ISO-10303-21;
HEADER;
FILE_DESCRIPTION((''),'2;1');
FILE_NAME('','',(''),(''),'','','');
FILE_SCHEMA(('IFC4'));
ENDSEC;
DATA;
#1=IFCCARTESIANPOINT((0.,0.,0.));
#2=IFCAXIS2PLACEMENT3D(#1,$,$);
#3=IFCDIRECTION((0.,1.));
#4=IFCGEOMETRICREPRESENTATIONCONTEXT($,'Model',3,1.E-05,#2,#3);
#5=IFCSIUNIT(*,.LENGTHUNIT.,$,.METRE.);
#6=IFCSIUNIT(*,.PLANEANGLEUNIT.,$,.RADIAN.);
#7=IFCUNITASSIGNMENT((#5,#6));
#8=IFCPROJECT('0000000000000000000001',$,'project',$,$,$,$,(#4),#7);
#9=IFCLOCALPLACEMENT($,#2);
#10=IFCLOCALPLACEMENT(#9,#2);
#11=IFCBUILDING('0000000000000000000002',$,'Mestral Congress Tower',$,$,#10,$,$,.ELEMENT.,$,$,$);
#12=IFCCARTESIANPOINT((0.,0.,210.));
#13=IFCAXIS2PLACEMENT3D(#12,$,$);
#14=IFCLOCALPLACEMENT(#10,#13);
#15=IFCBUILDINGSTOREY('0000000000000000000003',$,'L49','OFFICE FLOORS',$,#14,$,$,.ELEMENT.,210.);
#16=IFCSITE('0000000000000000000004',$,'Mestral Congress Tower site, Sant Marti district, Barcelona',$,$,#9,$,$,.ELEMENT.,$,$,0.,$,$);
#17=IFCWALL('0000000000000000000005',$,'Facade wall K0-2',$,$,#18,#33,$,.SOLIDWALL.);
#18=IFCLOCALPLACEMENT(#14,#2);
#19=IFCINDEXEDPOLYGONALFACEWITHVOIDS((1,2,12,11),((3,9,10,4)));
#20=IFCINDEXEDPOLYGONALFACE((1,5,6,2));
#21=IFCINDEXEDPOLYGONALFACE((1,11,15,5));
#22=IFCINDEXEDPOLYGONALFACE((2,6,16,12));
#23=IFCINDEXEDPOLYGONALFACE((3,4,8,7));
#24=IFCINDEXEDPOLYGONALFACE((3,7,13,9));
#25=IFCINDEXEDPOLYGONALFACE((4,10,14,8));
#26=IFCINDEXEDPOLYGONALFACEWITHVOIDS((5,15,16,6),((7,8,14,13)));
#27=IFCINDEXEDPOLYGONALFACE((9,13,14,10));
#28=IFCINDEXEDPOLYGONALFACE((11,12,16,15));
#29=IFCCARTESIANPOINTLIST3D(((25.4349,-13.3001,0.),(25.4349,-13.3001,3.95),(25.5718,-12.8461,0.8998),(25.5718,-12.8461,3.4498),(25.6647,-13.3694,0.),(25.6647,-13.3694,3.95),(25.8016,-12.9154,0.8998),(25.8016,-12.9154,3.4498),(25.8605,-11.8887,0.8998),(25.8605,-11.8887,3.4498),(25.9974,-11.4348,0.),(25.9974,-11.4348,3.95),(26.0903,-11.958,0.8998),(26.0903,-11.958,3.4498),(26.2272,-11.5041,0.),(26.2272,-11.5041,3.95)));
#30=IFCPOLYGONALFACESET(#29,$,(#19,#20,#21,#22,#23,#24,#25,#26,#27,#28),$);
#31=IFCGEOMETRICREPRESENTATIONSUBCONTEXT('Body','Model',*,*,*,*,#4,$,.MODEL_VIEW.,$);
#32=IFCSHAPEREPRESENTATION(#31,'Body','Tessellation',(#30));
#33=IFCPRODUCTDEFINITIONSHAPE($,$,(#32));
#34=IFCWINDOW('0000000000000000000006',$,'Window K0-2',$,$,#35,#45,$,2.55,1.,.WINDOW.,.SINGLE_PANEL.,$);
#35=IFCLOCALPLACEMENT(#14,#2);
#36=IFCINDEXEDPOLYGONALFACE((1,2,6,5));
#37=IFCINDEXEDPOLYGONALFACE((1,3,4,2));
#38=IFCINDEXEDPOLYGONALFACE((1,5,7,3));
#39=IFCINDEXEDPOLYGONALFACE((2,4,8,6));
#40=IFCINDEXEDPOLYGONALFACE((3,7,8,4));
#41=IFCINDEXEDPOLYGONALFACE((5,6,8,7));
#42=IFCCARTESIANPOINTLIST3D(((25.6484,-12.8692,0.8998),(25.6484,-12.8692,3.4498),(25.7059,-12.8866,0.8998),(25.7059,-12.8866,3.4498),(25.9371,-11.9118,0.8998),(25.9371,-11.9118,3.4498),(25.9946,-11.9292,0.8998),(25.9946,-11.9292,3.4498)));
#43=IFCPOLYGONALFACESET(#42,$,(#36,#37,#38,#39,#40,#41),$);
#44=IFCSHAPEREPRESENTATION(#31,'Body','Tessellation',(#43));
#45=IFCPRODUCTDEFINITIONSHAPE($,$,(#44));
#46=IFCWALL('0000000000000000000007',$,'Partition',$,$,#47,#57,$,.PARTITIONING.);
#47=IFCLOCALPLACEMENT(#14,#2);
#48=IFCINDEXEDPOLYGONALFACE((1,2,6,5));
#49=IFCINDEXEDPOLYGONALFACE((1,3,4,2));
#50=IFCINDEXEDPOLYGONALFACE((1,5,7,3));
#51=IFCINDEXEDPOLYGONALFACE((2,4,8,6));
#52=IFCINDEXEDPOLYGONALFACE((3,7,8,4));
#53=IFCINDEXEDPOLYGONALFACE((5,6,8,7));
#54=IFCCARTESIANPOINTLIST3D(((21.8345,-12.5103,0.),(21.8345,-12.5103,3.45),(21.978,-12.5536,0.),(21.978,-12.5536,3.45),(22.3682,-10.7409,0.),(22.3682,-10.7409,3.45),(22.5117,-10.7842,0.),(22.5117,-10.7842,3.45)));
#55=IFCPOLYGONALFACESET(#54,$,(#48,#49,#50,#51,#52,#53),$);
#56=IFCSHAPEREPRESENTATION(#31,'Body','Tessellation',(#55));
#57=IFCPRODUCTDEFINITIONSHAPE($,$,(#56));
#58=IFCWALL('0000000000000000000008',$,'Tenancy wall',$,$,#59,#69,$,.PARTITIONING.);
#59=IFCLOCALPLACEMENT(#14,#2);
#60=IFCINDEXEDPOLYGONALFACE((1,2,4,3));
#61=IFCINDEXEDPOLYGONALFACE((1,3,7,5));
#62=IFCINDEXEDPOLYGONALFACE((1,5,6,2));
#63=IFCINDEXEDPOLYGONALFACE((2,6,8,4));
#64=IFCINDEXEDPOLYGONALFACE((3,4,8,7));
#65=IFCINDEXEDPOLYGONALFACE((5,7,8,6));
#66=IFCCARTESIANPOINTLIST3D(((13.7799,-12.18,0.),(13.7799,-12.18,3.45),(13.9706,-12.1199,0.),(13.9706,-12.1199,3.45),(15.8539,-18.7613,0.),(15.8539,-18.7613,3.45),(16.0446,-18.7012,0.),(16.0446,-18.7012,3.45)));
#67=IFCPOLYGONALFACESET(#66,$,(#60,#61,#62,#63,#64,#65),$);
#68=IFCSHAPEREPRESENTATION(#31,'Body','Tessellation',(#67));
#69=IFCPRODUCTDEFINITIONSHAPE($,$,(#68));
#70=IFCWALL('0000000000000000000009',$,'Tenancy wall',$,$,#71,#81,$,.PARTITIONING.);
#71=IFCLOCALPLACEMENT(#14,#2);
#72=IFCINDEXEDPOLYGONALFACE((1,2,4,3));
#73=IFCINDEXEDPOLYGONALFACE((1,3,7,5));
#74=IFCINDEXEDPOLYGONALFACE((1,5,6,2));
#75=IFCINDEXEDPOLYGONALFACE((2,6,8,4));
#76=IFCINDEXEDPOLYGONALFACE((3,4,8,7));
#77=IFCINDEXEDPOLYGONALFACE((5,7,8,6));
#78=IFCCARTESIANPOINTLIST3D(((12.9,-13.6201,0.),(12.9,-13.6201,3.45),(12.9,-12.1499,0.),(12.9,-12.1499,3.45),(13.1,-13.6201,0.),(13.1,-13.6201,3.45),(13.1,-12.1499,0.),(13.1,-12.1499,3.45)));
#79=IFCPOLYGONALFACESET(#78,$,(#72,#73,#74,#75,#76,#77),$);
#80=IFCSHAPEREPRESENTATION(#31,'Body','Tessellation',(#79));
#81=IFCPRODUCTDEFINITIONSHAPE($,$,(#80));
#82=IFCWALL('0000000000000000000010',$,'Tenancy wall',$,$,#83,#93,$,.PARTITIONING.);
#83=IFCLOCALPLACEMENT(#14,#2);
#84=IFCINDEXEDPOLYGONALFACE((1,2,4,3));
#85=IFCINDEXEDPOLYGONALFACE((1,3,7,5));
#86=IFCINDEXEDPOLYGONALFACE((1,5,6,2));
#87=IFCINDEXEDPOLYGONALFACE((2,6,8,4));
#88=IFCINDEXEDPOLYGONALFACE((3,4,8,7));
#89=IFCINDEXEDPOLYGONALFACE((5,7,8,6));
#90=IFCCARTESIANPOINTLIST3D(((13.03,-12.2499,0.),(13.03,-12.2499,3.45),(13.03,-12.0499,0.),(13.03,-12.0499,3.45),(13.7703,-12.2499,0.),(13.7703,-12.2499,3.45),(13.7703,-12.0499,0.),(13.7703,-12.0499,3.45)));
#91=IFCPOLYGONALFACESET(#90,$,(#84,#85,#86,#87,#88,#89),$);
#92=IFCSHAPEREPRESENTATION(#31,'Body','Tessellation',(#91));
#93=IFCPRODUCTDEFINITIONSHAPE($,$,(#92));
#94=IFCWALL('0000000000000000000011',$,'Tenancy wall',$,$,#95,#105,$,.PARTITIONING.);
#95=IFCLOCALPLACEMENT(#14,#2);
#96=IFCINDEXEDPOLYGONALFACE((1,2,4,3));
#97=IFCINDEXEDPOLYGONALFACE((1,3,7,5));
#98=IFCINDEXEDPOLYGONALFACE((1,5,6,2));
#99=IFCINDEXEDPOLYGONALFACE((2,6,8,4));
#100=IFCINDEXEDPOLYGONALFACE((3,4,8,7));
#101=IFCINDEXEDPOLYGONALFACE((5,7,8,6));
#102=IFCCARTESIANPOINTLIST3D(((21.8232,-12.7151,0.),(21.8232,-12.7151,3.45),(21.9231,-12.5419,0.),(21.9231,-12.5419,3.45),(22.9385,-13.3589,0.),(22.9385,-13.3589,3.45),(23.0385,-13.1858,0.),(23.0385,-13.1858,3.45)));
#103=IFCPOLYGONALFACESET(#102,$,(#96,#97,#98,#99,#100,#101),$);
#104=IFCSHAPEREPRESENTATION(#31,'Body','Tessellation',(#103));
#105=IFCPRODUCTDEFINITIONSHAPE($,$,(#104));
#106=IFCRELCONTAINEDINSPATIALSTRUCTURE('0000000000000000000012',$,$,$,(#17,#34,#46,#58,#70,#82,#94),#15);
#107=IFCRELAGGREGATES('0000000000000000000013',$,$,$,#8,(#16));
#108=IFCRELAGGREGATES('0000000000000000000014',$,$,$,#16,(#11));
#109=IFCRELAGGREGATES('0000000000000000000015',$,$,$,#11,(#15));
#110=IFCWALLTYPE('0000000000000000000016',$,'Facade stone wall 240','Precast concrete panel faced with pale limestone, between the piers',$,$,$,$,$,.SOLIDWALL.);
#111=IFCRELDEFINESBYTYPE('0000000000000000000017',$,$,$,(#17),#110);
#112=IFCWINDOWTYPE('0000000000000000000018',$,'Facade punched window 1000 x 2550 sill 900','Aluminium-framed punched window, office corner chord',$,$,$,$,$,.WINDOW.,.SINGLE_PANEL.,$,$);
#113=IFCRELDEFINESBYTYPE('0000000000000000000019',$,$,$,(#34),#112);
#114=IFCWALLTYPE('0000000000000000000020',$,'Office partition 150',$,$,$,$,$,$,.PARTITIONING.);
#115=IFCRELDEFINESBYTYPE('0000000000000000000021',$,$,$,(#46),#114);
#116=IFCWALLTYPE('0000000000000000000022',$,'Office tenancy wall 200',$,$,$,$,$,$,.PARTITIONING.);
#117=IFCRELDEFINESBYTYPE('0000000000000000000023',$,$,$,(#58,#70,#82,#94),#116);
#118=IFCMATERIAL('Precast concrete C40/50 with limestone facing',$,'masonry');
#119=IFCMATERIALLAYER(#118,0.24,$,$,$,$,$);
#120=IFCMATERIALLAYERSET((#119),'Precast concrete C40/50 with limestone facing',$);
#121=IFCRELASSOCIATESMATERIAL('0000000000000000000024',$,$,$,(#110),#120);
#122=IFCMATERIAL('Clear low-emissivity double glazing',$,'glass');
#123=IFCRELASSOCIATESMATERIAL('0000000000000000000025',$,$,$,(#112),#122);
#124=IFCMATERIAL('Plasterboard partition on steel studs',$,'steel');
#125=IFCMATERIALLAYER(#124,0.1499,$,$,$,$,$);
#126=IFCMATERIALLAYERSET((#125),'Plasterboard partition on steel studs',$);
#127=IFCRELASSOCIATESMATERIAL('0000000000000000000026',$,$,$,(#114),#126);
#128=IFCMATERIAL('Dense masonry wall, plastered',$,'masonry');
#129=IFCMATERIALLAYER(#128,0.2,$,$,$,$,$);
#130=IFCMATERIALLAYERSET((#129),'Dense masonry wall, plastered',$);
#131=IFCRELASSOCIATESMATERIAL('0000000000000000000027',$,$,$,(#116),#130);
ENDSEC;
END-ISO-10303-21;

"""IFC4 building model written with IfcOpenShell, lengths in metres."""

from ifc_helpers import new_model, si_unit, direction, frame, frame_2d, origin, place, context, subcontext, project, spatial, rectangle, extrude, material, layer, layer_set, type_object, element, fill, save


model = new_model("IFC4")

# Units and contexts
model_context = context("Model", 3, precision=1e-05, world=origin(), true_north=direction((0.0, 1.0)))
body_context = subcontext(model_context, "Body", "Model", "MODEL_VIEW")
ifc_project = project(units=[si_unit("LENGTHUNIT", "METRE"), si_unit("PLANEANGLEUNIT", "RADIAN")], contexts=[model_context])

# Site, building, storey
site_placement = place(None, origin())
site = spatial("IfcSite", under=ifc_project, at=site_placement, Name="Mestral Congress Tower site, Sant Marti district, Barcelona", CompositionType="ELEMENT", RefElevation=0.0)
building_placement = place(site_placement, origin())
building = spatial("IfcBuilding", under=site, at=building_placement, Name="Mestral Congress Tower", CompositionType="ELEMENT")
storey_placement = place(building_placement, frame((0.0, 0.0, 210.0)))
storey = spatial("IfcBuildingStorey", under=building, at=storey_placement, Name="L49", Description="OFFICE FLOORS", CompositionType="ELEMENT", Elevation=210.0)

# Shared definitions
ifc_material_1 = material(Name="Precast concrete C40/50 with limestone facing", Category="masonry")
ifc_layer_1 = layer(ifc_material_1, 0.24)
ifc_layer_set_1 = layer_set([ifc_layer_1], Name="Precast concrete C40/50 with limestone facing")
wall_type_1 = type_object("IfcWallType", Name="Facade stone wall 240", Description="Precast concrete panel faced with pale limestone, between the piers", PredefinedType="SOLIDWALL", material=ifc_layer_set_1)
ifc_material_2 = material(Name="Clear low-emissivity double glazing", Category="glass")

# Wall, opening, window
window_type_1 = type_object("IfcWindowType", Name="Facade punched window 1000 x 2550 sill 900", Description="Aluminium-framed punched window, office corner chord", PartitioningType="SINGLE_PANEL", PredefinedType="WINDOW", material=ifc_material_2)
wall_1_placement = place(storey_placement, frame((25.5498, -13.3347, 0.0), z_axis=(0.0, 0.0, 1.0), x_axis=(0.288727, 0.957411, 0.0)))
wall_1 = element("IfcWall", 1, at=wall_1_placement, inside=storey, type_object=wall_type_1, Name="Facade wall K0-2", PredefinedType="SOLIDWALL", context=body_context, shape_type="SweptSolid", body=[
    extrude(rectangle(XDim=1.9482, YDim=0.24, at=frame_2d((0.9741, 0.0))), origin(), (0.0, 0.0, 1.0), 3.95),
])
opening_1_placement = place(wall_1_placement, frame((0.4741, 0.0, 0.8999)))
opening_1 = element("IfcOpeningElement", 2, at=opening_1_placement, cuts=wall_1, PredefinedType="OPENING", context=body_context, shape_type="SweptSolid", body=[
    extrude(rectangle(XDim=1.0, YDim=2.55, at=frame_2d((0.5, 1.2749))), frame((0.0, 0.1299, 0.0), z_axis=(0.0, -1.0, 0.0), x_axis=(1.0, 0.0, 0.0)), (0.0, 0.0, 1.0), 0.26),
])
window_1_placement = place(opening_1_placement, origin())
window_1 = element("IfcWindow", 3, at=window_1_placement, inside=storey, type_object=window_type_1, Name="Window K0-2", OverallHeight=2.55, OverallWidth=1.0, PartitioningType="SINGLE_PANEL", PredefinedType="WINDOW", context=body_context, shape_type="SweptSolid", body=[
    extrude(rectangle(XDim=1.0, YDim=2.55, at=frame_2d((0.5, 1.2749))), frame((0.0, 0.04, 0.0), z_axis=(0.0, -1.0, 0.0), x_axis=(1.0, 0.0, 0.0)), (0.0, 0.0, 1.0), 0.0601),
])
fill(opening_1, window_1)

# Walls
ifc_material_3 = material(Name="Plasterboard partition on steel studs", Category="steel")
ifc_layer_2 = layer(ifc_material_3, 0.1499)
ifc_layer_set_2 = layer_set([ifc_layer_2], Name="Plasterboard partition on steel studs")
wall_type_2 = type_object("IfcWallType", Name="Office partition 150", PredefinedType="PARTITIONING", material=ifc_layer_set_2)
wall_2_placement = place(storey_placement, frame((21.9062, -12.532, 0.0), z_axis=(0.0, 0.0, 1.0), x_axis=(0.28879, 0.957393, 0.0)))
element("IfcWall", 4, at=wall_2_placement, inside=storey, type_object=wall_type_2, Name="Partition", PredefinedType="PARTITIONING", context=body_context, shape_type="SweptSolid", body=[
    extrude(rectangle(XDim=1.8481, YDim=0.1499, at=frame_2d((0.9241, 0.0))), origin(), (0.0, 0.0, 1.0), 3.45),
])
ifc_material_4 = material(Name="Dense masonry wall, plastered", Category="masonry")
ifc_layer_3 = layer(ifc_material_4, 0.2)
ifc_layer_set_3 = layer_set([ifc_layer_3], Name="Dense masonry wall, plastered")
wall_type_3 = type_object("IfcWallType", Name="Office tenancy wall 200", PredefinedType="PARTITIONING", material=ifc_layer_set_3)
wall_3_placement = place(storey_placement, frame((13.8752, -12.1499, 0.0), z_axis=(0.0, 0.0, 1.0), x_axis=(0.300561, -0.953763, 0.0)))
element("IfcWall", 5, at=wall_3_placement, inside=storey, type_object=wall_type_3, Name="Tenancy wall", PredefinedType="PARTITIONING", context=body_context, shape_type="SweptSolid", body=[
    extrude(rectangle(XDim=6.9004, YDim=0.2, at=frame_2d((3.4502, 0.0))), origin(), (0.0, 0.0, 1.0), 3.45),
])
wall_4_placement = place(storey_placement, frame((13.0, -13.6201, 0.0), z_axis=(0.0, 0.0, 1.0), x_axis=(0.0, 1.0, 0.0)))
element("IfcWall", 6, at=wall_4_placement, inside=storey, type_object=wall_type_3, Name="Tenancy wall", PredefinedType="PARTITIONING", context=body_context, shape_type="SweptSolid", body=[
    extrude(rectangle(XDim=1.4702, YDim=0.2, at=frame_2d((0.7351, 0.0))), origin(), (0.0, 0.0, 1.0), 3.45),
])
wall_5_placement = place(storey_placement, frame((13.03, -12.1499, 0.0), z_axis=(0.0, 0.0, 1.0), x_axis=(1.0, 0.0, 0.0)))
element("IfcWall", 7, at=wall_5_placement, inside=storey, type_object=wall_type_3, Name="Tenancy wall", PredefinedType="PARTITIONING", context=body_context, shape_type="SweptSolid", body=[
    extrude(rectangle(XDim=0.7402, YDim=0.2, at=frame_2d((0.3701, 0.0))), origin(), (0.0, 0.0, 1.0), 3.45),
])
wall_6_placement = place(storey_placement, frame((21.873, -12.6284, 0.0), z_axis=(0.0, 0.0, 1.0), x_axis=(0.866053, -0.499952, 0.0)))
element("IfcWall", 8, at=wall_6_placement, inside=storey, type_object=wall_type_3, Name="Tenancy wall", PredefinedType="PARTITIONING", context=body_context, shape_type="SweptSolid", body=[
    extrude(rectangle(XDim=1.2878, YDim=0.2, at=frame_2d((0.644, 0.0))), origin(), (0.0, 0.0, 1.0), 3.45),
])

save(model, "model.ifc")
